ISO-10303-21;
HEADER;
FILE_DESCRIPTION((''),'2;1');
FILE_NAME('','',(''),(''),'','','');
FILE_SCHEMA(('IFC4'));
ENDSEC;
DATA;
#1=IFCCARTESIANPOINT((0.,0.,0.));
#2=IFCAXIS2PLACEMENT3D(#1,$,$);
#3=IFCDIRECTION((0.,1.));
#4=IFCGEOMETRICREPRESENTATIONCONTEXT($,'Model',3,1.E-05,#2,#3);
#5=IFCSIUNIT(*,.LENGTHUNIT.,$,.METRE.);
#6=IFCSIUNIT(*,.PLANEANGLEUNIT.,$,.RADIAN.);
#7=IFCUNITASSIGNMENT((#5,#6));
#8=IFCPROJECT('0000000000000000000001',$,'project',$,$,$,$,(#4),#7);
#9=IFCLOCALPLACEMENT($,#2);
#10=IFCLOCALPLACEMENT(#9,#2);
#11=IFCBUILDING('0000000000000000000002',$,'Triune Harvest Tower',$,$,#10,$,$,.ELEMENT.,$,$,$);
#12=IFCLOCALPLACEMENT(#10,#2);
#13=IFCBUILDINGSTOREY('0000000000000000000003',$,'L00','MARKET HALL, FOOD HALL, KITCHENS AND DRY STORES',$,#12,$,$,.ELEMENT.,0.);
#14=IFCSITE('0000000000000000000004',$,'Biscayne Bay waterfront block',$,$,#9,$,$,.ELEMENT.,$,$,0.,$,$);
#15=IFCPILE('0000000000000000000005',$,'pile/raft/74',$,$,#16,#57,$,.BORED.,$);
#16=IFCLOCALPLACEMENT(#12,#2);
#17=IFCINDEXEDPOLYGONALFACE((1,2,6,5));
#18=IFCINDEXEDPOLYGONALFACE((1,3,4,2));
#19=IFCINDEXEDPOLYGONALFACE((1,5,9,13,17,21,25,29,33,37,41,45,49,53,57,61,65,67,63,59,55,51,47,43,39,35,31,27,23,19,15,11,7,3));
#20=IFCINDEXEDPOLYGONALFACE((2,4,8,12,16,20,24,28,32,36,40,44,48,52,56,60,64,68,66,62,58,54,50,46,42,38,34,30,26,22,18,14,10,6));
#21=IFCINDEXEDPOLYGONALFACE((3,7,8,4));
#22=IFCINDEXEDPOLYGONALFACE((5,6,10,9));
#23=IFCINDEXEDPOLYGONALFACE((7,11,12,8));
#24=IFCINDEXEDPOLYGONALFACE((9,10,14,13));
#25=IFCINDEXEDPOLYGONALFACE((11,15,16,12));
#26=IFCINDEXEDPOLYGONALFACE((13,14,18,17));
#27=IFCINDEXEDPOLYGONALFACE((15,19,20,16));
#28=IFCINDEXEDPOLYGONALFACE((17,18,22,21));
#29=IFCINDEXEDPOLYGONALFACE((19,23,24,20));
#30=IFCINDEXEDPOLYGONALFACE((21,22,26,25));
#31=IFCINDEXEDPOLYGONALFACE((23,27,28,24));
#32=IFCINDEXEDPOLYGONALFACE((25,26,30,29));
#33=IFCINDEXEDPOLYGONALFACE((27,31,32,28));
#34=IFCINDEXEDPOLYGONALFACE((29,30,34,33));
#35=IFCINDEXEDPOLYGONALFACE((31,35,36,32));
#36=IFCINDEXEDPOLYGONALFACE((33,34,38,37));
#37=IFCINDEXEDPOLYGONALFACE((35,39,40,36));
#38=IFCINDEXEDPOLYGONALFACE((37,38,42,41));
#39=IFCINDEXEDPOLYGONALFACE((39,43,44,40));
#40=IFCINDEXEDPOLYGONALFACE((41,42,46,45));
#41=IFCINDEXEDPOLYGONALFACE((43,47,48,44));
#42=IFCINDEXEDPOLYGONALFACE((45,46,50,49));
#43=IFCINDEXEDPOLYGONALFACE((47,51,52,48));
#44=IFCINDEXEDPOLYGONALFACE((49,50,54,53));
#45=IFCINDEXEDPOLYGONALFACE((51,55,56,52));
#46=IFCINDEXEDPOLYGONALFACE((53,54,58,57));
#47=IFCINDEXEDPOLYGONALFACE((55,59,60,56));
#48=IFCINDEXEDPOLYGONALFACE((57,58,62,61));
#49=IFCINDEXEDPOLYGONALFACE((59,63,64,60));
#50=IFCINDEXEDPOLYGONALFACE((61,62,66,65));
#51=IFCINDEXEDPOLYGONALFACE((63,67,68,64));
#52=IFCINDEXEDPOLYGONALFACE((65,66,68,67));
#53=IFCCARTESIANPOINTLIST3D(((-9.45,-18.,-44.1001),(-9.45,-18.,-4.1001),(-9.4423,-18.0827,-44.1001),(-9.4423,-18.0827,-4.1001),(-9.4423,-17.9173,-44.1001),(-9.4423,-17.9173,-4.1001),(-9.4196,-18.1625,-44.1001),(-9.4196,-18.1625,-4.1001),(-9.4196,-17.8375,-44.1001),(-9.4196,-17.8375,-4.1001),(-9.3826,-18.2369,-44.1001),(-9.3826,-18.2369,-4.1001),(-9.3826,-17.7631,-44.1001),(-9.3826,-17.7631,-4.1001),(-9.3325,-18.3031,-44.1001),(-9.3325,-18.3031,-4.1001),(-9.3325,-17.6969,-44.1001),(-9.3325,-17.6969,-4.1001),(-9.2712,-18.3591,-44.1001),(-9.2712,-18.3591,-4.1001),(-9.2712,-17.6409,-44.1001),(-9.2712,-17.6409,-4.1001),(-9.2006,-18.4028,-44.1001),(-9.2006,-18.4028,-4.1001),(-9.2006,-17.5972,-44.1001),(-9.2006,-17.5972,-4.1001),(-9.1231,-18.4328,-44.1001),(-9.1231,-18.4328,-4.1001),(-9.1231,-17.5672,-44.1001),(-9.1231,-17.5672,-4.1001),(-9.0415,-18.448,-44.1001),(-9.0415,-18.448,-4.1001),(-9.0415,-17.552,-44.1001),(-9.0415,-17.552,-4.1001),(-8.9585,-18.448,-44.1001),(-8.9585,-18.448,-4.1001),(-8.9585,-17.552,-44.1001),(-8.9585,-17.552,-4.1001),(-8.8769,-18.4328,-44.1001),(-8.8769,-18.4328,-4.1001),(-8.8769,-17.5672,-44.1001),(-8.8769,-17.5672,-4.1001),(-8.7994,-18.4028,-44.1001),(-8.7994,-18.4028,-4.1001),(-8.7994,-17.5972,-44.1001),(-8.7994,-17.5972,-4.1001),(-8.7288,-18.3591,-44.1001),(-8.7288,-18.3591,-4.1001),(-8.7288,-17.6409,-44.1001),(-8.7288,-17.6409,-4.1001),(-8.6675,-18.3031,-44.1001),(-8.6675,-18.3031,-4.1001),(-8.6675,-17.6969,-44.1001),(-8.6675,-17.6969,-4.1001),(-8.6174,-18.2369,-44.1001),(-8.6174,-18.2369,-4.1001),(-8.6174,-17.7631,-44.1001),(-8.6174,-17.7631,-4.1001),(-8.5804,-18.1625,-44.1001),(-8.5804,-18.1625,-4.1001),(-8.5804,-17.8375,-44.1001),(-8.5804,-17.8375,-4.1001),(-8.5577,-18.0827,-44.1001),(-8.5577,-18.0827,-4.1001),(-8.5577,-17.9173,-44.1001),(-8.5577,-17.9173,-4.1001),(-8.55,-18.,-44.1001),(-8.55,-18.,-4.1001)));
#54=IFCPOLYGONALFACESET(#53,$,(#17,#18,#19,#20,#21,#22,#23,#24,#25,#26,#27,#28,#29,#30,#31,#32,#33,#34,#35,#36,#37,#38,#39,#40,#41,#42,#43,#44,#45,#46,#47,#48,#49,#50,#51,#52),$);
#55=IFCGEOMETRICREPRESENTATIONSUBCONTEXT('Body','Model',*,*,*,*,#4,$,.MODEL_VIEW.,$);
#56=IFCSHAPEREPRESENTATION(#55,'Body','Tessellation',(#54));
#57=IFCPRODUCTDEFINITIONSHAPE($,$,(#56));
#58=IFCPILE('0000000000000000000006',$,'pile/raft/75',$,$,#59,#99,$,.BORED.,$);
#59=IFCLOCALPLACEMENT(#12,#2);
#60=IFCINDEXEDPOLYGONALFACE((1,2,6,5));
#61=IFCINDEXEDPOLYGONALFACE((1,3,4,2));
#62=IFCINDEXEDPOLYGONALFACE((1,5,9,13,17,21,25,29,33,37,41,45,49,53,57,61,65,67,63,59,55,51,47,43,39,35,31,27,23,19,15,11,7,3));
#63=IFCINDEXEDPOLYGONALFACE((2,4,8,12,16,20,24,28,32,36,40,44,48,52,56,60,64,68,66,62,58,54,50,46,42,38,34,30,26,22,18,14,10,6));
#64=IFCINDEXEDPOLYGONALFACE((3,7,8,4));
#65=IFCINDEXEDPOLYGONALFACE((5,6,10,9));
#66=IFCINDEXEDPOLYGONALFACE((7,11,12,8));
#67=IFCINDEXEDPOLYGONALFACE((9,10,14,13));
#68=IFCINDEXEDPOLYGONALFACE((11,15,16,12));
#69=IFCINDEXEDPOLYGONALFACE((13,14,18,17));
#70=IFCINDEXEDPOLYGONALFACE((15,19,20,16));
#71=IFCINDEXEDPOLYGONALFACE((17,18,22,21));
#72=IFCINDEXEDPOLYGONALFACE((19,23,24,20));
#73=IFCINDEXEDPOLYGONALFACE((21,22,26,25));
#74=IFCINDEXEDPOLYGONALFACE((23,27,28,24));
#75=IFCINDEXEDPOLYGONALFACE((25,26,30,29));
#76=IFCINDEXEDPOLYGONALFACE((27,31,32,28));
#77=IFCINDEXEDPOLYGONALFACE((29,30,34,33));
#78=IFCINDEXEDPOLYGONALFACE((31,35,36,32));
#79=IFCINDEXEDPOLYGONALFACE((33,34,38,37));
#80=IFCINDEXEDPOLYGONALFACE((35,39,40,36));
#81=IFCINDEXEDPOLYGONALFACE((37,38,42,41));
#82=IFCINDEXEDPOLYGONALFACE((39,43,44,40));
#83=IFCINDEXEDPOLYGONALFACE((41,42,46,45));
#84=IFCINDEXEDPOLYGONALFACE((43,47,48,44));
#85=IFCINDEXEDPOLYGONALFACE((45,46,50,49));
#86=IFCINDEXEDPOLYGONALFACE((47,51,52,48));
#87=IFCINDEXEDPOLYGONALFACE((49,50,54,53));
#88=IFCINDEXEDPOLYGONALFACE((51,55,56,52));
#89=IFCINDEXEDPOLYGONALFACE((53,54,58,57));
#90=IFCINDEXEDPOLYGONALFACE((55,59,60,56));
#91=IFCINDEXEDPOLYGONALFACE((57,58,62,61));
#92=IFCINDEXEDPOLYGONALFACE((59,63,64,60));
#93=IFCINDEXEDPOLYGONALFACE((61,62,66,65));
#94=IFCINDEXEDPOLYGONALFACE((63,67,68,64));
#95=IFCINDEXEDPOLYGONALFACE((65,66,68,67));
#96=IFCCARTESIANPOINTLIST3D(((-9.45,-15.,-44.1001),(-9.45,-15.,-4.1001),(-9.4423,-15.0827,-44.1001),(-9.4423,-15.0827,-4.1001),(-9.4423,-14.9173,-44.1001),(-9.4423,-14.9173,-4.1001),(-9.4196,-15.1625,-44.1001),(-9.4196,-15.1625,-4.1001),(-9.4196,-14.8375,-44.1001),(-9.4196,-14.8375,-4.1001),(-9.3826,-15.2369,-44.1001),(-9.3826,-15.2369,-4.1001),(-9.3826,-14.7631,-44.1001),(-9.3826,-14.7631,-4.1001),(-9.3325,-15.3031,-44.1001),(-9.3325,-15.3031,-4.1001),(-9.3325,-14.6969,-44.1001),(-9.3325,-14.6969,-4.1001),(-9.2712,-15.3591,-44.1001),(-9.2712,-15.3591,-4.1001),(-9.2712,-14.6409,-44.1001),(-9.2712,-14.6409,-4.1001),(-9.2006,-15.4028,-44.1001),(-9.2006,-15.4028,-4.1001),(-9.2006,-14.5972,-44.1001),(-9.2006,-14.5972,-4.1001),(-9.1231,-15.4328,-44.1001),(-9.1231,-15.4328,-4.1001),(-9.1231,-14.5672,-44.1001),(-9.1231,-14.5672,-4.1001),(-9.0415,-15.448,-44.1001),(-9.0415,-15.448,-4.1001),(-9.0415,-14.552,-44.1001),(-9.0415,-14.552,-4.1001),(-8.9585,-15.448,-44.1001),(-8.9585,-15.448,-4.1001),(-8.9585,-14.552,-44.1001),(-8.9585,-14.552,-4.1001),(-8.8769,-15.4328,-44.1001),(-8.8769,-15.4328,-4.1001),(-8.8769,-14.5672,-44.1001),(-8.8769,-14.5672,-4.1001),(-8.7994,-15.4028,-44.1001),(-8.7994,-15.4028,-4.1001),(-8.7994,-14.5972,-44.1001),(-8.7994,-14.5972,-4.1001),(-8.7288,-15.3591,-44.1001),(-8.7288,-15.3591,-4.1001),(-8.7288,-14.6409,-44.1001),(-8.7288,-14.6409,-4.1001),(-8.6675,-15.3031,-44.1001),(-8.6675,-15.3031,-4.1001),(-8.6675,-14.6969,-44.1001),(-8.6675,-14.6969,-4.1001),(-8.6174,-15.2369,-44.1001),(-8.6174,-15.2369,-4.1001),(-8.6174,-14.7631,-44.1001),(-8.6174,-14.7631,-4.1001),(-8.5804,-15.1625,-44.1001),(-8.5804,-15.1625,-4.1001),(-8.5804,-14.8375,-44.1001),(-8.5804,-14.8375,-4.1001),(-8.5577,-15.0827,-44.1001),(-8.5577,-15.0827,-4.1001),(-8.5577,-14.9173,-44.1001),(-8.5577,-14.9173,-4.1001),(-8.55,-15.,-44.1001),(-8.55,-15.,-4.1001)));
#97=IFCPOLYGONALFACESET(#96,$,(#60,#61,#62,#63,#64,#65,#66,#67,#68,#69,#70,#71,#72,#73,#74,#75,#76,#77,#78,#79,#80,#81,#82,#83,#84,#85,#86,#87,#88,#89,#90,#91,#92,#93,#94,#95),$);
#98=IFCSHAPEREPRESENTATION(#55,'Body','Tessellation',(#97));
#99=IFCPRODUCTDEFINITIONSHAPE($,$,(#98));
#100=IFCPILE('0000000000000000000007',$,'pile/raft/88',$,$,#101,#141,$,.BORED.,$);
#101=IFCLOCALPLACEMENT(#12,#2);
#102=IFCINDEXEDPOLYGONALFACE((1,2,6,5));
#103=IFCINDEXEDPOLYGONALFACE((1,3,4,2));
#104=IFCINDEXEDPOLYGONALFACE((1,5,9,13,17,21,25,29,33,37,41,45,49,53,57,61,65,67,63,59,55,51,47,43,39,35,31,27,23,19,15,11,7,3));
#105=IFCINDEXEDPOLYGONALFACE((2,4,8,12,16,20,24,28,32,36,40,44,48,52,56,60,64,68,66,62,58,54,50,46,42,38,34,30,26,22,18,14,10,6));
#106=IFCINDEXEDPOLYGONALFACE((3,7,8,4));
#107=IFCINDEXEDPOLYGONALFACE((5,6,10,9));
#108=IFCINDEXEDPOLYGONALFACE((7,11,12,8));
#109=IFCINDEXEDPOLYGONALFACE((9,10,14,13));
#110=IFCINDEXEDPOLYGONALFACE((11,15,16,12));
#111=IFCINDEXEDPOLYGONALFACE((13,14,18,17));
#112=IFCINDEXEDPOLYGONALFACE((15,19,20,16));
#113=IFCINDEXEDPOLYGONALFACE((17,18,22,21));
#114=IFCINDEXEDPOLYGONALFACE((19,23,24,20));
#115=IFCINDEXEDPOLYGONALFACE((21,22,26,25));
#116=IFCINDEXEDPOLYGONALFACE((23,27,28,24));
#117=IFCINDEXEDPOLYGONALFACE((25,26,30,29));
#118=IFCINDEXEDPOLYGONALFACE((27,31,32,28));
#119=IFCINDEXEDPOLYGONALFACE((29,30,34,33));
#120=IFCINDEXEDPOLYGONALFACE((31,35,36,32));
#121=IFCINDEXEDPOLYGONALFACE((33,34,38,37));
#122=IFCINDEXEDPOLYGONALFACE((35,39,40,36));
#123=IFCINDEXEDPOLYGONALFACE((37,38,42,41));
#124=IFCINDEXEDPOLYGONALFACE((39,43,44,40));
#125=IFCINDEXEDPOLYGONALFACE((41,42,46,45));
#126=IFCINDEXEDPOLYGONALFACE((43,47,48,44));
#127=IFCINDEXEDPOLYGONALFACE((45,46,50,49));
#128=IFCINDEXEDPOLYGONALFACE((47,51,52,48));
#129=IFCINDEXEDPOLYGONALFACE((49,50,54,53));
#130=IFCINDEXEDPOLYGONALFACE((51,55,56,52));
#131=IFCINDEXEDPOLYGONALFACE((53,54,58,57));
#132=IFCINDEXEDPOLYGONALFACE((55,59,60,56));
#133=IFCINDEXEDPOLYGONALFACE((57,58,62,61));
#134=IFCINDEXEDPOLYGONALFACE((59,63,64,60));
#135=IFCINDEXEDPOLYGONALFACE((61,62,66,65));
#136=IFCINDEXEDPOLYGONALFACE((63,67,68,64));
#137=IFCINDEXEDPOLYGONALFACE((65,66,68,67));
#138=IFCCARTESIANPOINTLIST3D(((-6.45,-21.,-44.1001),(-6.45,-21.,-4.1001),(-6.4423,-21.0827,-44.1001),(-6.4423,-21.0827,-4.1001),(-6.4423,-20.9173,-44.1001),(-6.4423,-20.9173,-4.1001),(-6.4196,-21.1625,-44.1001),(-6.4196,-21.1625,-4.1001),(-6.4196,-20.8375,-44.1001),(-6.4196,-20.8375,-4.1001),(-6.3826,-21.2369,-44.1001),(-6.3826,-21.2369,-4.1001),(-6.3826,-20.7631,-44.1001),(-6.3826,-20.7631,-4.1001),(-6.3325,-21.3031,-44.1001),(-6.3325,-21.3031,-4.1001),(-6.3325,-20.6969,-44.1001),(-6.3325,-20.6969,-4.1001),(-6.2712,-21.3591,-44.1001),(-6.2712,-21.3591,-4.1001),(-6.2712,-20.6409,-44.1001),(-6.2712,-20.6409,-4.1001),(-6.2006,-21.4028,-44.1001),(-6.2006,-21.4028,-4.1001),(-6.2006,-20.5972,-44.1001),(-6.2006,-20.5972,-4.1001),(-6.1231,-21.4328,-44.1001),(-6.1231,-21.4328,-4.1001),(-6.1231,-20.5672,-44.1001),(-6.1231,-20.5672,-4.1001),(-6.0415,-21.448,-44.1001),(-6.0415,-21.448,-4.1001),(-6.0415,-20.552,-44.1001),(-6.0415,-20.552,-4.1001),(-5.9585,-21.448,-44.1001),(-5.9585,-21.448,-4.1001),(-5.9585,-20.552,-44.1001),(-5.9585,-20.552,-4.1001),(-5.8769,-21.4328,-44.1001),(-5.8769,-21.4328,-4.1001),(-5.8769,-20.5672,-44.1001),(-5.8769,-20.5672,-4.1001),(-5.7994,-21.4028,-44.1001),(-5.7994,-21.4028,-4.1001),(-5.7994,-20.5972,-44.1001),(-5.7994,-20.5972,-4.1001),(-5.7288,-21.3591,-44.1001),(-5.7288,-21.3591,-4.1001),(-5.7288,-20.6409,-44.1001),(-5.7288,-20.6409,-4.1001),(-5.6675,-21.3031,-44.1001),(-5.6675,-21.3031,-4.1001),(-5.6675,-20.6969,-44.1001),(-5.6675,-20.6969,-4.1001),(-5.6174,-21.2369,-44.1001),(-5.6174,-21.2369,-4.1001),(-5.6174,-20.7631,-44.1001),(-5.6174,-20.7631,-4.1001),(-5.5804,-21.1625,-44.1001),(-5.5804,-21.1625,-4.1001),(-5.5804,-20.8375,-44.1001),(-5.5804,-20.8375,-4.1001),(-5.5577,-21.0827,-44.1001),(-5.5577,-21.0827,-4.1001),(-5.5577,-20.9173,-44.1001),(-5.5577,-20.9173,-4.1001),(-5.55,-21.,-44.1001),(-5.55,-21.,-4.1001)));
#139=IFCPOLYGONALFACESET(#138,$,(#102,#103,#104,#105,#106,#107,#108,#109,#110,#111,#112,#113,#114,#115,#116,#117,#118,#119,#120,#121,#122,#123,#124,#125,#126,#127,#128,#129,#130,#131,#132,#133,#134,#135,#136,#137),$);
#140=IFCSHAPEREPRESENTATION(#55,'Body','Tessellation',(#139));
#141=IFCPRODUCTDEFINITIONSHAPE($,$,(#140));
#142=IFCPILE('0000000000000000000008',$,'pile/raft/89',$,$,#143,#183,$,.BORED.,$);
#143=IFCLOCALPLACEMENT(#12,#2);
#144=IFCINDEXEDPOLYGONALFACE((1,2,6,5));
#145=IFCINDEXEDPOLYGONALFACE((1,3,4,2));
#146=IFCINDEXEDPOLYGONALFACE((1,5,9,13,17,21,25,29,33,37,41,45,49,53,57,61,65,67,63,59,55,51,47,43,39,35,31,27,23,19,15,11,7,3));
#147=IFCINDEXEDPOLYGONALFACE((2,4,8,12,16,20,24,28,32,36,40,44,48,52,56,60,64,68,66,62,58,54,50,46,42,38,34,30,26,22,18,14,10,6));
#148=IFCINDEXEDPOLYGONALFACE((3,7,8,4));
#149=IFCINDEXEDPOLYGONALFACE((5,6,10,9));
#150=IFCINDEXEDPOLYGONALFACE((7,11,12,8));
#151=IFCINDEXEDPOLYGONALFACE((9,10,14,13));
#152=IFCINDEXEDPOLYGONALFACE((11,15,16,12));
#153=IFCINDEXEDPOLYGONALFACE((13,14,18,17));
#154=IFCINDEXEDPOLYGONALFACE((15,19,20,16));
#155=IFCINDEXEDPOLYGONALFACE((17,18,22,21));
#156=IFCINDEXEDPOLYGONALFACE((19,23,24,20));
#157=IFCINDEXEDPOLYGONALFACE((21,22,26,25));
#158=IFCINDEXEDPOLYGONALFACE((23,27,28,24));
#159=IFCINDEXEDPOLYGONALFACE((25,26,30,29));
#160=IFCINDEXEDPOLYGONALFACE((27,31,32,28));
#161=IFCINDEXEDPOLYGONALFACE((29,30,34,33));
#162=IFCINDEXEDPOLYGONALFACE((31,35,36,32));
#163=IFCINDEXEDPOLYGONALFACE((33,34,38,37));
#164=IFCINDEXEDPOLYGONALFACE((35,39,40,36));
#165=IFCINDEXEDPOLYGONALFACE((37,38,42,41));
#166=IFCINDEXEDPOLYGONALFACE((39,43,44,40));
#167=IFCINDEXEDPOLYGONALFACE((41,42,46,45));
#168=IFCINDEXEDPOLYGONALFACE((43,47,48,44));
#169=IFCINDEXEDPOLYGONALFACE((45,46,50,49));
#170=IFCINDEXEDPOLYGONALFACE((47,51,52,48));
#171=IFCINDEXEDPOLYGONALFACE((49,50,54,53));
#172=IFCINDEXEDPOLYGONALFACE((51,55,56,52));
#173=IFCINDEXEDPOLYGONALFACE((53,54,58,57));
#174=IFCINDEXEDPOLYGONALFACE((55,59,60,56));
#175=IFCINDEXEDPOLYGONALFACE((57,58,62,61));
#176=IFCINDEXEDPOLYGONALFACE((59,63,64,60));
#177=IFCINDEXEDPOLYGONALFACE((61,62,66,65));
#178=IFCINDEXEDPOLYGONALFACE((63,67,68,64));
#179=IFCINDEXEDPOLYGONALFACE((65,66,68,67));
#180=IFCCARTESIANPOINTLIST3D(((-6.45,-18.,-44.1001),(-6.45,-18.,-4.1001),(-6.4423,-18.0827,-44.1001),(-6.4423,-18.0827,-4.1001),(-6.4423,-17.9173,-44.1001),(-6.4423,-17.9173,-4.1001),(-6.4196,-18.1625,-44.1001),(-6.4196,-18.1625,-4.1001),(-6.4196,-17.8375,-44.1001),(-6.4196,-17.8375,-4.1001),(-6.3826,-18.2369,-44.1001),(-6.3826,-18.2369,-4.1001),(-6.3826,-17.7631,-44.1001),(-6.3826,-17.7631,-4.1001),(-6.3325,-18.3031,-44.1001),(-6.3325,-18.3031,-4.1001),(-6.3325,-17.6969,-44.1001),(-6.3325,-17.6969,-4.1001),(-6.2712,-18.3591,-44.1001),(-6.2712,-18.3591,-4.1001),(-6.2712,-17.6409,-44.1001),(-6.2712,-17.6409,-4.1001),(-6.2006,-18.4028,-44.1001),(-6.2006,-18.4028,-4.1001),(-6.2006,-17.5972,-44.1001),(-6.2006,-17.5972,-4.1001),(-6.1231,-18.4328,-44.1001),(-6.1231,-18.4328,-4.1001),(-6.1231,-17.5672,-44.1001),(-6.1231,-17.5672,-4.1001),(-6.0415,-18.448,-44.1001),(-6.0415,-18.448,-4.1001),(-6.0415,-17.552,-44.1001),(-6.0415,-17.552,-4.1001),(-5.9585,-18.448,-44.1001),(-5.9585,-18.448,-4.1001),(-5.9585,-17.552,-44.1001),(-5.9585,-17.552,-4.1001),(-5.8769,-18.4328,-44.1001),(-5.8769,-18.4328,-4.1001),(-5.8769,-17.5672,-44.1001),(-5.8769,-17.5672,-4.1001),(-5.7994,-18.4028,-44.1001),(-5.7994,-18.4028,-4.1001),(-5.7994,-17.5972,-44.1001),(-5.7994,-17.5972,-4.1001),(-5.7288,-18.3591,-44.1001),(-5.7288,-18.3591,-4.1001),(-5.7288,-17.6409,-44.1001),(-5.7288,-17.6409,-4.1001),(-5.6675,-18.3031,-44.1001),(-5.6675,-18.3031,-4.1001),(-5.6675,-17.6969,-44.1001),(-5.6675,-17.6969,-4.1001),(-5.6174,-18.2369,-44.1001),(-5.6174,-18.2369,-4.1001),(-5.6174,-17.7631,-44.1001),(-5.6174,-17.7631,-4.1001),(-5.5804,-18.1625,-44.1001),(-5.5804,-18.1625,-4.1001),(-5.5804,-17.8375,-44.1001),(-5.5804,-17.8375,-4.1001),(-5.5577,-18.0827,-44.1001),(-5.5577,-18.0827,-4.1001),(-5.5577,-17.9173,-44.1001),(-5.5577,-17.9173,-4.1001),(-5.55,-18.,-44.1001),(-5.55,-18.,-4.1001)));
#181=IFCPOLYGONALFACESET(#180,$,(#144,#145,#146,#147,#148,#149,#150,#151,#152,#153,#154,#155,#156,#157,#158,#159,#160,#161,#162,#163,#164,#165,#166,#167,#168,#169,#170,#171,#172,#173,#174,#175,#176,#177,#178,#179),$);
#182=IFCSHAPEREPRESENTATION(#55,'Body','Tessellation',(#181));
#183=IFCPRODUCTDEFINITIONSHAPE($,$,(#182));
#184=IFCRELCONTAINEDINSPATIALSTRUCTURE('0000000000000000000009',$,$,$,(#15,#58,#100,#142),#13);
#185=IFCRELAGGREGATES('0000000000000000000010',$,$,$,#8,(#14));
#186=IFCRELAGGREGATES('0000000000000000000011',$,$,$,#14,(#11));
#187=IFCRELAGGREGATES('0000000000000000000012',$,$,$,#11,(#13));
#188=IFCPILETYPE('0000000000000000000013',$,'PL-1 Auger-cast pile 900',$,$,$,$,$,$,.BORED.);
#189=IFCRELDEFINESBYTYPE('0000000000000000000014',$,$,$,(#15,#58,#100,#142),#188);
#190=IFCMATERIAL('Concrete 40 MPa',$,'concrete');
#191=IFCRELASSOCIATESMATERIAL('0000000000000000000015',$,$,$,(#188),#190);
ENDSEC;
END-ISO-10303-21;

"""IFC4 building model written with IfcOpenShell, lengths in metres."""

from ifc_helpers import new_model, si_unit, direction, frame, origin, origin_2d, place, context, subcontext, project, spatial, circle, extrude, source, transform, mapped, material, material_profile, profile_set, type_object, element, save


model = new_model("IFC4")

# Units and contexts
model_context = context("Model", 3, precision=1e-05, world=origin(), true_north=direction((0.0, 1.0)))
body_context = subcontext(model_context, "Body", "Model", "MODEL_VIEW")
ifc_project = project(units=[si_unit("LENGTHUNIT", "METRE"), si_unit("PLANEANGLEUNIT", "RADIAN")], contexts=[model_context])

# Site, building, storey
site_placement = place(None, origin())
site = spatial("IfcSite", under=ifc_project, at=site_placement, Name="Biscayne Bay waterfront block", CompositionType="ELEMENT", RefElevation=0.0)
building_placement = place(site_placement, origin())
building = spatial("IfcBuilding", under=site, at=building_placement, Name="Triune Harvest Tower", CompositionType="ELEMENT")
storey_placement = place(building_placement, origin())
storey = spatial("IfcBuildingStorey", under=building, at=storey_placement, Name="L00", Description="MARKET HALL, FOOD HALL, KITCHENS AND DRY STORES", CompositionType="ELEMENT", Elevation=0.0)

# Piles
ifc_material_1 = material(Name="Concrete 40 MPa", Category="concrete")
ifc_material_profile_1 = material_profile(ifc_material_1, circle(Radius=0.45, at=origin_2d()), Name="Bored 900")
ifc_profile_set_1 = profile_set([ifc_material_profile_1], Name="Concrete 40 MPa")
pile_type = type_object("IfcPileType", Name="PL-1 Auger-cast pile 900", PredefinedType="BORED", material=ifc_profile_set_1)
shared_shape_1 = source(origin(), body_context, "Body", "SweptSolid", [
    extrude(circle(Radius=0.45, at=origin_2d()), origin(), (0.0, 0.0, 1.0), 40.0),
])
for number, where, z_axis, x_axis, name in (
    (1, (-9.0, -18.0, -4.1001), (0.0, 0.0, -1.0), (1.0, 0.0, 0.0), "pile/raft/74"),
    (2, (-9.0, -15.0, -4.1001), (0.0, 0.0, -1.0), (1.0, 0.0, 0.0), "pile/raft/75"),
    (3, (-6.0, -21.0, -4.1001), (0.0, 0.0, -1.0), (1.0, 0.0, 0.0), "pile/raft/88"),
    (4, (-6.0, -18.0, -4.1001), (0.0, 0.0, -1.0), (1.0, 0.0, 0.0), "pile/raft/89"),
):
    element("IfcPile", number, at=place(storey_placement, frame(where, z_axis=z_axis, x_axis=x_axis)), inside=storey, type_object=pile_type, Name=name, PredefinedType="BORED", context=body_context, shape_type="MappedRepresentation", body=[
        mapped(shared_shape_1, transform((0.0, 0.0, 0.0), scale=1.0)),
    ])

save(model, "model.ifc")
